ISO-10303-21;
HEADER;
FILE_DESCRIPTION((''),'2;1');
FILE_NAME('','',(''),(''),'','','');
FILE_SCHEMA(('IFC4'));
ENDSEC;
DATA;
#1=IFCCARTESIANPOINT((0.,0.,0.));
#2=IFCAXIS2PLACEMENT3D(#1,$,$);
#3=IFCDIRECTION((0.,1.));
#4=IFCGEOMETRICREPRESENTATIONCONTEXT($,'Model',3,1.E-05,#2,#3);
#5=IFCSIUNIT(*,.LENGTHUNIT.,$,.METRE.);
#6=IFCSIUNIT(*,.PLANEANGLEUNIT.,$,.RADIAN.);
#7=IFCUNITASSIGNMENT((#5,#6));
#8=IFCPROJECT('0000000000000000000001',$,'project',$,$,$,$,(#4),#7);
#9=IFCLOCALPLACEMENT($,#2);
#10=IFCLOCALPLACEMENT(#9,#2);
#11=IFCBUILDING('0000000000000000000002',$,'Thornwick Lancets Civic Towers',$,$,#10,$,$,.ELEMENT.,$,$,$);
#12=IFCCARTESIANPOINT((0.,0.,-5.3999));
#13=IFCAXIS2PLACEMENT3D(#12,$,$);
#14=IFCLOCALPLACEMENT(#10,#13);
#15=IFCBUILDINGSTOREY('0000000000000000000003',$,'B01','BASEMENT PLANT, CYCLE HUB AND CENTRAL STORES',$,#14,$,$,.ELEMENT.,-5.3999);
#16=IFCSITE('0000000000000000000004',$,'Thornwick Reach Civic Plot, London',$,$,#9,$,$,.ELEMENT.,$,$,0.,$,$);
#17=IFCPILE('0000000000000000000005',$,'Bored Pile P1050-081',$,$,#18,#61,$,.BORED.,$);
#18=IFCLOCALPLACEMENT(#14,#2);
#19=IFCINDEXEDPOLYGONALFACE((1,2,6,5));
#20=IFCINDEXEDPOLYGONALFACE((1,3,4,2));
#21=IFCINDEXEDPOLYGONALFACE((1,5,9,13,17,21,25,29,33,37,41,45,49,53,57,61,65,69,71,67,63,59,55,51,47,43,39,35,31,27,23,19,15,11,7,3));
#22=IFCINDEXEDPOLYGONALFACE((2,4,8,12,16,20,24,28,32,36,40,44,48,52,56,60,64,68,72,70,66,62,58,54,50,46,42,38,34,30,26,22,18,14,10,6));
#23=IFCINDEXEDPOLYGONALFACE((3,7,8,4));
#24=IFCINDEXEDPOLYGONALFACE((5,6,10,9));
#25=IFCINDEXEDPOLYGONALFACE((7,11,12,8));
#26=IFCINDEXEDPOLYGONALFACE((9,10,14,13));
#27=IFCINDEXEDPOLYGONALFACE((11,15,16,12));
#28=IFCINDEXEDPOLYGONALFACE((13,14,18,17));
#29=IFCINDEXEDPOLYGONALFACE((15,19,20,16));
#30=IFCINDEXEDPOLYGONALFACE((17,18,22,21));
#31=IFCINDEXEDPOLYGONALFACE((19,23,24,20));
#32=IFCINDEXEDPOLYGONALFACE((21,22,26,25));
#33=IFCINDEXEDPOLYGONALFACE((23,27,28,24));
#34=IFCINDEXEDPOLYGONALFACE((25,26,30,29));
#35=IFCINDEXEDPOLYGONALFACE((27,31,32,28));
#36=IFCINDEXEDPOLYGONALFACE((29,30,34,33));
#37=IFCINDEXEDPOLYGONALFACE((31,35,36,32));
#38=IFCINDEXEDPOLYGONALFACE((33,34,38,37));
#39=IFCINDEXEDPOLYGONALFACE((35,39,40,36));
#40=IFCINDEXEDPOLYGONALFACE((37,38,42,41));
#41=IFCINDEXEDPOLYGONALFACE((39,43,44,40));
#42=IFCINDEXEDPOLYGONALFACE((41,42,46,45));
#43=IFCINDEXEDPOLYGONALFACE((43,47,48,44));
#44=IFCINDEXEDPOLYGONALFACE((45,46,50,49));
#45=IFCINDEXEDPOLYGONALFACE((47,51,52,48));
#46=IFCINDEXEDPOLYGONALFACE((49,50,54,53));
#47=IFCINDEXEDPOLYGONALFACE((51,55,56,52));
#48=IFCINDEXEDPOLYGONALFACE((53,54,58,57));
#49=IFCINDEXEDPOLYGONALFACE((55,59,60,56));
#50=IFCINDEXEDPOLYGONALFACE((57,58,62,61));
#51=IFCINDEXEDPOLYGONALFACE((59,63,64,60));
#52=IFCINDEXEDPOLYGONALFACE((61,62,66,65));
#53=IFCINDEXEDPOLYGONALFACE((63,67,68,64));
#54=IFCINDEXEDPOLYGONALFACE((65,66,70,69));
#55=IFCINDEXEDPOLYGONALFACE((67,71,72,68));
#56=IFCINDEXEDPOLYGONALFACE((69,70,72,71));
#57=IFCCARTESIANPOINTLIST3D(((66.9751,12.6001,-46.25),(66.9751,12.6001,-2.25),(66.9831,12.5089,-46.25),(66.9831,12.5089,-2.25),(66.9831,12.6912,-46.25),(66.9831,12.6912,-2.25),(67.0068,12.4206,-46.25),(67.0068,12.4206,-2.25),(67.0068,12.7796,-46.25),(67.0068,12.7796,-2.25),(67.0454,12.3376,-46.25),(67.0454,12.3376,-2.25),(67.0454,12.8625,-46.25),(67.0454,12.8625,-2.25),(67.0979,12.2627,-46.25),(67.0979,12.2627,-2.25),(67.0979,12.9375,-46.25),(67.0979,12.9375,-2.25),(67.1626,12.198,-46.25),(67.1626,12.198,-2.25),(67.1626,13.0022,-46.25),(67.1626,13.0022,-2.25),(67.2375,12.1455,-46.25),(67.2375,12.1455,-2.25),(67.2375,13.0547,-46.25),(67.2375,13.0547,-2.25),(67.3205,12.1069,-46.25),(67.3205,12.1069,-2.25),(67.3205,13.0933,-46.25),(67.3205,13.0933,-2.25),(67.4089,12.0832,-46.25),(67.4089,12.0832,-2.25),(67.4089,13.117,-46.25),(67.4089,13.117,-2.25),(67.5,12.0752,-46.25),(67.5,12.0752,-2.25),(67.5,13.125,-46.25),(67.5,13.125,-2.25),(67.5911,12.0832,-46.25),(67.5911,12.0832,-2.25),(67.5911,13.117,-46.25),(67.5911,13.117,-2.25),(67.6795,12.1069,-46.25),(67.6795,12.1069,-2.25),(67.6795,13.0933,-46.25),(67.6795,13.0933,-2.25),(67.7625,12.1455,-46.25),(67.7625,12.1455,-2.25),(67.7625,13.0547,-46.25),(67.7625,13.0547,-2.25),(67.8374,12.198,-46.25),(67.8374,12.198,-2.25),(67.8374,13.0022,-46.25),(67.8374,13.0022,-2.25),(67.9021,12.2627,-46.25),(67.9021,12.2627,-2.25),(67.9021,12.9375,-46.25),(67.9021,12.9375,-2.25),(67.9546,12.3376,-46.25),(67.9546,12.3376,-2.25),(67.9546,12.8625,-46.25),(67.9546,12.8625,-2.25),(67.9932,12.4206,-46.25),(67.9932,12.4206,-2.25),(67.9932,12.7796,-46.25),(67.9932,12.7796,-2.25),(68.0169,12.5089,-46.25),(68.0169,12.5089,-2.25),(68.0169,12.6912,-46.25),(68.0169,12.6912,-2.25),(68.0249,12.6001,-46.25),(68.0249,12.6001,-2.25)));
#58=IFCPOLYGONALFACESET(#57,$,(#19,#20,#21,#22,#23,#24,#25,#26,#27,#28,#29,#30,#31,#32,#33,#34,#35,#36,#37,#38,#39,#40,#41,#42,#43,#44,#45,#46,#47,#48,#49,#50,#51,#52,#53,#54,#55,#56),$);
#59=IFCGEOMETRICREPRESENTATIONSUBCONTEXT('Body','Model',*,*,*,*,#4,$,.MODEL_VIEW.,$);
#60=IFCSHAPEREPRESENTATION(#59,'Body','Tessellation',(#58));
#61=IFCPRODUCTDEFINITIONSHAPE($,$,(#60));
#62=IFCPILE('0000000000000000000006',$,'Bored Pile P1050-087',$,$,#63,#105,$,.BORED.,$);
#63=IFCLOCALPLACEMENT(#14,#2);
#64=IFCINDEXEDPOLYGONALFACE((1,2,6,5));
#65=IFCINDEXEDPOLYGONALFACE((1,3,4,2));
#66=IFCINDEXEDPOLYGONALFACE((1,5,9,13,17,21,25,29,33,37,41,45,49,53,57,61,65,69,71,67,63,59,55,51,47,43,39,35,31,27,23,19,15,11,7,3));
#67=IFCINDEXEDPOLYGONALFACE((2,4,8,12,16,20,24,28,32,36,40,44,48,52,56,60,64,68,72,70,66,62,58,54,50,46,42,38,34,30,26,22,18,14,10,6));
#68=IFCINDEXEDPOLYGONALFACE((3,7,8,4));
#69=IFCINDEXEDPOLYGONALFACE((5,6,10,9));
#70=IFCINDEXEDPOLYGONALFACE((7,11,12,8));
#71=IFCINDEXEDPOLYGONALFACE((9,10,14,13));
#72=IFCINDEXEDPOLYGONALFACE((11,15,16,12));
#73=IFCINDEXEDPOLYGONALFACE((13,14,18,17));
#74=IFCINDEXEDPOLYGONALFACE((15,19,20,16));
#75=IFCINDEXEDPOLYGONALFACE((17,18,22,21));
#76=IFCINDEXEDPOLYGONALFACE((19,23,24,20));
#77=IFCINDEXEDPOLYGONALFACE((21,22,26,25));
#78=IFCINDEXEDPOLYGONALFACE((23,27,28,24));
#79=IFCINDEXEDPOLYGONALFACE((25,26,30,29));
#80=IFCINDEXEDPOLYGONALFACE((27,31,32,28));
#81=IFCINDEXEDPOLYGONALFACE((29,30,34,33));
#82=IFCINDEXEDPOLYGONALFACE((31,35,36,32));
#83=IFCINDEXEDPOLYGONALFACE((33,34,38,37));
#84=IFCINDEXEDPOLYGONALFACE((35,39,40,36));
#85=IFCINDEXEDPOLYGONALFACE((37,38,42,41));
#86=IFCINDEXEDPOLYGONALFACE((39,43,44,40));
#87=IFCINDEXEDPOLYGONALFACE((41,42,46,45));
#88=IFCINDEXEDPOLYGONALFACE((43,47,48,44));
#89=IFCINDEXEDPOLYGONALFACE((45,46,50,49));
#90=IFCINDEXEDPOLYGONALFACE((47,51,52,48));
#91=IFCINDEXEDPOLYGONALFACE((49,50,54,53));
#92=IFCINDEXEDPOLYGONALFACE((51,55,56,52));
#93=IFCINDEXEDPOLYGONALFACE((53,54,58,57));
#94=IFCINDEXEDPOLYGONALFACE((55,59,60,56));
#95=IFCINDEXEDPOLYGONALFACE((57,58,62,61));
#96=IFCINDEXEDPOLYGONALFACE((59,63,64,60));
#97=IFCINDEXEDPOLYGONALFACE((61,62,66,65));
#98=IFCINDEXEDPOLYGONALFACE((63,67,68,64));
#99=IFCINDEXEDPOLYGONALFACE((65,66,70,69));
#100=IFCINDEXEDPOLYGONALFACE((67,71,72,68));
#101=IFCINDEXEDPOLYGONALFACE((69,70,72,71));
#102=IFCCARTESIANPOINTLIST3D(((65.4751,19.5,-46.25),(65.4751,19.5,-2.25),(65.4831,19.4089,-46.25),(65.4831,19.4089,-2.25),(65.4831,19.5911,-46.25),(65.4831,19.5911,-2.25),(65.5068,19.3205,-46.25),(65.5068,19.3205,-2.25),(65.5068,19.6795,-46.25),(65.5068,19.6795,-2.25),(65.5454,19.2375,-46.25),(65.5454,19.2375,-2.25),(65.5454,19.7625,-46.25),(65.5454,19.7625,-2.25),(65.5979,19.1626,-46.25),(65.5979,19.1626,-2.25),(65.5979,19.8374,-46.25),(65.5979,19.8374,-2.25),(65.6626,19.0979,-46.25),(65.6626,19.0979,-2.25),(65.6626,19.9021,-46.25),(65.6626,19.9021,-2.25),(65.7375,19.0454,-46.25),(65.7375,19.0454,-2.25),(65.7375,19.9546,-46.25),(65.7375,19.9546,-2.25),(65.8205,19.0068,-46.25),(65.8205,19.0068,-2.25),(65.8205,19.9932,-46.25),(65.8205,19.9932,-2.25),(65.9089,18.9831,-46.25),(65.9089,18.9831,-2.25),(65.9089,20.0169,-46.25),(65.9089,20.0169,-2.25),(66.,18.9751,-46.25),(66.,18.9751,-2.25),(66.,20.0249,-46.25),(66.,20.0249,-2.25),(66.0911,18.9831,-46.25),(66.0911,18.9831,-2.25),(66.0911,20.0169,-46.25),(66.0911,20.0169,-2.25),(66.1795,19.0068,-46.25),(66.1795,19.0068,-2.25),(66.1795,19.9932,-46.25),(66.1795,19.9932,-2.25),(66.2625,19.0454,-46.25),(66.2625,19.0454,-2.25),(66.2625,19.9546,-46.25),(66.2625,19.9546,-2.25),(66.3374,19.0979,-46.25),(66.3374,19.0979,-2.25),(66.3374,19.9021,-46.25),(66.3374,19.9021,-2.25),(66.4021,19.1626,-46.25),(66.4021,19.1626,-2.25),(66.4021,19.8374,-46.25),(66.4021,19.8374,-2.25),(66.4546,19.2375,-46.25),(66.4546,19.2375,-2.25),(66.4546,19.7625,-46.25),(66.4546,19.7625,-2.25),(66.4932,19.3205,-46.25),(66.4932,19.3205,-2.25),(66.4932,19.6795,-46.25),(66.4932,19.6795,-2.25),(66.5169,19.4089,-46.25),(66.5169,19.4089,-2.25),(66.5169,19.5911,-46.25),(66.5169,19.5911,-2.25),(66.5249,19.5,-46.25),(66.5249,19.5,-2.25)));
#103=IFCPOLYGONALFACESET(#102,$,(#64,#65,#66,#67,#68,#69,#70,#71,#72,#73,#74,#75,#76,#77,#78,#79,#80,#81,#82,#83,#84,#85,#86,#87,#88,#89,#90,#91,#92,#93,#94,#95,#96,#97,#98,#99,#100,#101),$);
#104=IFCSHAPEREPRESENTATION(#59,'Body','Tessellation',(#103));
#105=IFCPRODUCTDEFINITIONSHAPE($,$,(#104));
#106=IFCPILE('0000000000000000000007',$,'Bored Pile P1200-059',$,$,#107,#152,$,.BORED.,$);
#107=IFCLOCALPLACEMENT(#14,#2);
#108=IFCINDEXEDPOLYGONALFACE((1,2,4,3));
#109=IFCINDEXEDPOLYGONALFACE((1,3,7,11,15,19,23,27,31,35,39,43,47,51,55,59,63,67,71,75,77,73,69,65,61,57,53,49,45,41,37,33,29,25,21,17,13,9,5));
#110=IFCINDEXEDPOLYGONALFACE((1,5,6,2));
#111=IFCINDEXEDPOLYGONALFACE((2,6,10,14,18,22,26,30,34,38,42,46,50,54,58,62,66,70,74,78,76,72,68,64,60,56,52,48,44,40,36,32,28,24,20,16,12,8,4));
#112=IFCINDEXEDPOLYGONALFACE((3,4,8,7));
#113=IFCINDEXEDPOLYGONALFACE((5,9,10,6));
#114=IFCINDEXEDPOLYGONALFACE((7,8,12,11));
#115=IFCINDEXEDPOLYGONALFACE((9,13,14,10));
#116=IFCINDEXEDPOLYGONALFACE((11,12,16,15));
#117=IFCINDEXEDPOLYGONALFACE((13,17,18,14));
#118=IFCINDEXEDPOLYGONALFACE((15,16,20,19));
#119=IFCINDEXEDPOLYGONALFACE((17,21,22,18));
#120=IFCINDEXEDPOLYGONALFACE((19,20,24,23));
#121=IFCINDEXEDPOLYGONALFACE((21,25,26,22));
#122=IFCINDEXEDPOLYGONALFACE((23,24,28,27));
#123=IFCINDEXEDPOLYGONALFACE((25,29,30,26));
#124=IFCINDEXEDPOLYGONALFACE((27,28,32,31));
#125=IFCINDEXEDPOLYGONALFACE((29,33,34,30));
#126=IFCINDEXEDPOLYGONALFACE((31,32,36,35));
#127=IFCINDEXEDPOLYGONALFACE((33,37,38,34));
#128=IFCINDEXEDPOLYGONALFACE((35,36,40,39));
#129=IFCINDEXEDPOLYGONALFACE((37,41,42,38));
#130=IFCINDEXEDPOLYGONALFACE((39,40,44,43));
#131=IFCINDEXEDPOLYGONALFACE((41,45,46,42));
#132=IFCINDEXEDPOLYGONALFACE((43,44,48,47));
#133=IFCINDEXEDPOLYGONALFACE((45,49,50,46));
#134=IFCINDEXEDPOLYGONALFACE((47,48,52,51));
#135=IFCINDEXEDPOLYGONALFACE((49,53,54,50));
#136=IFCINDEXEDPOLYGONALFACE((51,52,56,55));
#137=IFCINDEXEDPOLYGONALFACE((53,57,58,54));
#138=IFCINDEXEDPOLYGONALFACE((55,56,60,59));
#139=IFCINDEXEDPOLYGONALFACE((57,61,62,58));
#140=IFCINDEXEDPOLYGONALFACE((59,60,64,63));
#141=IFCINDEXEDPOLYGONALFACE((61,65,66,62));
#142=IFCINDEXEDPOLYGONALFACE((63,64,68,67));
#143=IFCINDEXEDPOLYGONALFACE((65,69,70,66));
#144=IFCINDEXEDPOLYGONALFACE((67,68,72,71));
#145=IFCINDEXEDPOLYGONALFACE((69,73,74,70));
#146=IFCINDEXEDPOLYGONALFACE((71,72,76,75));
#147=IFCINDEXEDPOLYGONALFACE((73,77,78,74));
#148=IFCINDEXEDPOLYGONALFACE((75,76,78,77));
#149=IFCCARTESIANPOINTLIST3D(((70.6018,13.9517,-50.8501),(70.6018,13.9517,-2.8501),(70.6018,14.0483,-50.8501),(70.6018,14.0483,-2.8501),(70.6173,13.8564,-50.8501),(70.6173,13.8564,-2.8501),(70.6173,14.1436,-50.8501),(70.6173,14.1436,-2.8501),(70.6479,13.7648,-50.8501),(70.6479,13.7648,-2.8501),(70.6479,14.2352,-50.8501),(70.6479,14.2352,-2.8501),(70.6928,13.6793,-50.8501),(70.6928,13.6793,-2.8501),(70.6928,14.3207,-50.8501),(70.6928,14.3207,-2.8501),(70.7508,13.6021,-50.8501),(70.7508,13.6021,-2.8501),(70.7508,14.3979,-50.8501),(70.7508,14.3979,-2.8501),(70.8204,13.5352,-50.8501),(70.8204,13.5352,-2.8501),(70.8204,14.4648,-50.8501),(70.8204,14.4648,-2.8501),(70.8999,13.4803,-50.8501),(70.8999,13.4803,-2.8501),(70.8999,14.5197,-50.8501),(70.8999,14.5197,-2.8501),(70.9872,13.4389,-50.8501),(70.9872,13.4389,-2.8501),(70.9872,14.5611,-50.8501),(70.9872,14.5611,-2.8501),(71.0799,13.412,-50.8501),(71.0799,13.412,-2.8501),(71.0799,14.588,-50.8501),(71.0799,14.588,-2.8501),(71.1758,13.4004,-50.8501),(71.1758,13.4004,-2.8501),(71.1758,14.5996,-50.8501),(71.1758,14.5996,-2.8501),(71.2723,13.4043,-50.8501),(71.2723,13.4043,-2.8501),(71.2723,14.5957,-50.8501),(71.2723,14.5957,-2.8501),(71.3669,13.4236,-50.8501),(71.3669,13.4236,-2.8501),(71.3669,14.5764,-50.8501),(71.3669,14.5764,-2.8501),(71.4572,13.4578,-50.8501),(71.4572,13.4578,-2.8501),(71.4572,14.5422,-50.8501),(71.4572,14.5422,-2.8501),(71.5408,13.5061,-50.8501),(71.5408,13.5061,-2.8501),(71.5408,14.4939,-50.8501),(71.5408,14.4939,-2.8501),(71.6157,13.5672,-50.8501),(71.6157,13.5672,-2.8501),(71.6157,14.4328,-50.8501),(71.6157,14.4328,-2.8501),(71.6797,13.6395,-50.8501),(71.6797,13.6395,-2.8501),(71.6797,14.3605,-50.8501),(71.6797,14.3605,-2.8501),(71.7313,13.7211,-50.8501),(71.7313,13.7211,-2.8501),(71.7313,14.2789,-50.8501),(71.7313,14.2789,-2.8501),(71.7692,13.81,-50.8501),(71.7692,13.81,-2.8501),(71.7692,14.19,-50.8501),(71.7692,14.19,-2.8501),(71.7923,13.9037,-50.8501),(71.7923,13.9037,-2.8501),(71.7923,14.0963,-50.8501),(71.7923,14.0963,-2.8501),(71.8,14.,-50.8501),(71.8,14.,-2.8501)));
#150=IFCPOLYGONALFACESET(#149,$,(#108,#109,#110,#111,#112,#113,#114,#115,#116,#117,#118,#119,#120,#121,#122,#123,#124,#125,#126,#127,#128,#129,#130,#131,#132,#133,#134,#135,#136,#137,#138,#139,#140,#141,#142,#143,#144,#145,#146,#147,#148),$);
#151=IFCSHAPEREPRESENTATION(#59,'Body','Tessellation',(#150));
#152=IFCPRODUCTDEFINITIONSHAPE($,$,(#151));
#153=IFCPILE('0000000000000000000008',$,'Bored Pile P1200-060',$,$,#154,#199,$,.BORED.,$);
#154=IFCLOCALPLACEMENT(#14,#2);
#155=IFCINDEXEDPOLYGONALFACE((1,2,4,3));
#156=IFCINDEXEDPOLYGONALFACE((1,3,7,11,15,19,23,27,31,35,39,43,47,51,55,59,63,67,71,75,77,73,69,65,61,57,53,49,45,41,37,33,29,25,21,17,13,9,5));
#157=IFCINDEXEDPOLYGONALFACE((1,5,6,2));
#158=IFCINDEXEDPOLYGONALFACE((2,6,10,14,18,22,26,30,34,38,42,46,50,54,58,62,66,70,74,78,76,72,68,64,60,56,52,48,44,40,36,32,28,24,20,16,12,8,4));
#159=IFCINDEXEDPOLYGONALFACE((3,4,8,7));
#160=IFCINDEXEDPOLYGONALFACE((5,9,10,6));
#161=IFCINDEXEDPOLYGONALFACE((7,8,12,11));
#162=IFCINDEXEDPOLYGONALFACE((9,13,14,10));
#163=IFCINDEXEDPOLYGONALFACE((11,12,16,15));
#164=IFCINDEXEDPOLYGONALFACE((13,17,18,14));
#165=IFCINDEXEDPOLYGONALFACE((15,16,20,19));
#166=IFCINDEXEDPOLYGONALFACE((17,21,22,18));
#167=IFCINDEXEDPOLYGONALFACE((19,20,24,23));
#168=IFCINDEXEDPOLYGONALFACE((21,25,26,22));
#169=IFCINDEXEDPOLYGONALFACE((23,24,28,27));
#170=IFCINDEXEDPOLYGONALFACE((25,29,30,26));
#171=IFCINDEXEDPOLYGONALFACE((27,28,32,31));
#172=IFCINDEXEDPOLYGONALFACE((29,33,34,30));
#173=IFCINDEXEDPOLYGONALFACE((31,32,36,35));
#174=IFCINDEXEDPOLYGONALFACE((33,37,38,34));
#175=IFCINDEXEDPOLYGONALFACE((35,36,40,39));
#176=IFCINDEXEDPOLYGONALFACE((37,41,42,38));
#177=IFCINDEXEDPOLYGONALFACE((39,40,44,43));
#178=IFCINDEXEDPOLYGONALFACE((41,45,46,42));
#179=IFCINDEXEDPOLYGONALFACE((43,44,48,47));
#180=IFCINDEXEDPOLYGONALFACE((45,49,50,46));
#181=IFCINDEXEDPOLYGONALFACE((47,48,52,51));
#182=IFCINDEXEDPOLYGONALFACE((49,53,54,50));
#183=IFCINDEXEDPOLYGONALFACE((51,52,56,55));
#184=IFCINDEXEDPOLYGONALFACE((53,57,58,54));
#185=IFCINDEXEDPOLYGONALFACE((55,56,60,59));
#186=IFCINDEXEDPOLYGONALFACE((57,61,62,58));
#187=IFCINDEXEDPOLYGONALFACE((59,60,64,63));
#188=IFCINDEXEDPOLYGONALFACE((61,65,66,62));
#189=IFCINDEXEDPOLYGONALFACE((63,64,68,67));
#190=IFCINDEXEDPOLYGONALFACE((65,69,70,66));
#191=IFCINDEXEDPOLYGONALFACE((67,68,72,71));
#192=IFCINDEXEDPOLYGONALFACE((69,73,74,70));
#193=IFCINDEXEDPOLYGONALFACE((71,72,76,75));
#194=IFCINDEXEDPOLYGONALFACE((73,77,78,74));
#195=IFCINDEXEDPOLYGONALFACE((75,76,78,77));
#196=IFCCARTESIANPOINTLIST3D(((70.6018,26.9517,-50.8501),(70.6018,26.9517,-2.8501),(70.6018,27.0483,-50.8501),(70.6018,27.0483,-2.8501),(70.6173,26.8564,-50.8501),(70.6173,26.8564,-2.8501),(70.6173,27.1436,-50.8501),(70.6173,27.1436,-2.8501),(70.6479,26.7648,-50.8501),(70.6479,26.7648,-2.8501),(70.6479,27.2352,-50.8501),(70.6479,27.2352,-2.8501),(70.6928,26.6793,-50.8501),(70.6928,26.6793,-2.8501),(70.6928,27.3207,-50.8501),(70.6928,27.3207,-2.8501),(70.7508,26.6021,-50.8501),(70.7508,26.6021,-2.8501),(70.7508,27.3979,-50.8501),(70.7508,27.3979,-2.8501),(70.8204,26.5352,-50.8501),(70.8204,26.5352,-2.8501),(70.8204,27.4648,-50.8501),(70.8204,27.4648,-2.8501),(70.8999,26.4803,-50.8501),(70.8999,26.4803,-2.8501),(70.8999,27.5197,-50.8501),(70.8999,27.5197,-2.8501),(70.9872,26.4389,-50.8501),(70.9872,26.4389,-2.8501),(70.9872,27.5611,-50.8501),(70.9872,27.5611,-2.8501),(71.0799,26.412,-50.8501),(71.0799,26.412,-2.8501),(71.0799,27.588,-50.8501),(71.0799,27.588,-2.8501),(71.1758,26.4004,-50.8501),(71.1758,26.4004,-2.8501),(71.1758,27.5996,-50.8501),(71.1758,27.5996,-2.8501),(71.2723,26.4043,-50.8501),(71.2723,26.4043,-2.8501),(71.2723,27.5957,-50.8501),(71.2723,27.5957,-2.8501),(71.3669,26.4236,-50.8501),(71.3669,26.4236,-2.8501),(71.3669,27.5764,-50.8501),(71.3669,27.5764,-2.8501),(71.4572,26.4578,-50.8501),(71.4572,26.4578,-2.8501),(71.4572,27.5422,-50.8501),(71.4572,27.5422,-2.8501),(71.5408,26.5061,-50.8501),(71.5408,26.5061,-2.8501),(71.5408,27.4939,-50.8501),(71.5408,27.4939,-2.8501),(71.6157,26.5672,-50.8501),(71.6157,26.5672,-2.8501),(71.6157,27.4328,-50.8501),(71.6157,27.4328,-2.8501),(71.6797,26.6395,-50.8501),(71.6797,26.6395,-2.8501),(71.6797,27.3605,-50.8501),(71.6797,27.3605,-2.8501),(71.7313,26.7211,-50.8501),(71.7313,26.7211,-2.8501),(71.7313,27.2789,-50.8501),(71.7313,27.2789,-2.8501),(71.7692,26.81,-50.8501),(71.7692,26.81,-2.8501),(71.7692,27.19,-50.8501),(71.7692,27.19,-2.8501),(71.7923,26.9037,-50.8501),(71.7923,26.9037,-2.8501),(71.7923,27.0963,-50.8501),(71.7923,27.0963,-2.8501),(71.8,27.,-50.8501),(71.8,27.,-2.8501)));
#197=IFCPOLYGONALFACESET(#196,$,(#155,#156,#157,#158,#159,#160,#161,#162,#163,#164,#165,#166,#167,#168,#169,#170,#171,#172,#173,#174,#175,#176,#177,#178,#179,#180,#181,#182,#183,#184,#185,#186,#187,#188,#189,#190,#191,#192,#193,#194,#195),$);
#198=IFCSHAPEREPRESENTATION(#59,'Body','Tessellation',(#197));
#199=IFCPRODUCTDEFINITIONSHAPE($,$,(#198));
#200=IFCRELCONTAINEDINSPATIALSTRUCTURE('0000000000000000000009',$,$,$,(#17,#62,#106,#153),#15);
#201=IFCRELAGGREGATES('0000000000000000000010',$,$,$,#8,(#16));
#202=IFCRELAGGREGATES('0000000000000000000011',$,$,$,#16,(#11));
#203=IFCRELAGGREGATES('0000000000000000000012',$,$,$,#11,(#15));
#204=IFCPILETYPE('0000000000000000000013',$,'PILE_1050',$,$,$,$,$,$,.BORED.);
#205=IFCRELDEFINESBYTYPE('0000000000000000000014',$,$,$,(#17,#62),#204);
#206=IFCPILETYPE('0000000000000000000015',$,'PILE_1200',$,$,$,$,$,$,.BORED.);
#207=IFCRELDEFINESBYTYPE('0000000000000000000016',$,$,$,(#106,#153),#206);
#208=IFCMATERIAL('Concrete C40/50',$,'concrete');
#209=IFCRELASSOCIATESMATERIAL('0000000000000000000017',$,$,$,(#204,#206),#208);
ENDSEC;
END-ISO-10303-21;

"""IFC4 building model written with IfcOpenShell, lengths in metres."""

from ifc_helpers import new_model, si_unit, direction, frame, origin, origin_2d, place, context, subcontext, project, spatial, circle, extrude, material, material_profile, profile_set, type_object, element, save


model = new_model("IFC4")

# Units and contexts
model_context = context("Model", 3, precision=1e-05, world=origin(), true_north=direction((0.0, 1.0)))
body_context = subcontext(model_context, "Body", "Model", "MODEL_VIEW")
ifc_project = project(units=[si_unit("LENGTHUNIT", "METRE"), si_unit("PLANEANGLEUNIT", "RADIAN")], contexts=[model_context])

# Site, building, storey
site_placement = place(None, origin())
site = spatial("IfcSite", under=ifc_project, at=site_placement, Name="Thornwick Reach Civic Plot, London", CompositionType="ELEMENT", RefElevation=0.0)
building_placement = place(site_placement, origin())
building = spatial("IfcBuilding", under=site, at=building_placement, Name="Thornwick Lancets Civic Towers", CompositionType="ELEMENT")
storey_placement = place(building_placement, frame((0.0, 0.0, -5.3999)))
storey = spatial("IfcBuildingStorey", under=building, at=storey_placement, Name="B01", Description="BASEMENT PLANT, CYCLE HUB AND CENTRAL STORES", CompositionType="ELEMENT", Elevation=-5.3999)

# Shared definitions
ifc_material_1 = material(Name="Concrete C40/50", Category="concrete")

# Piles
ifc_material_profile_1 = material_profile(ifc_material_1, circle(Radius=0.5249, at=origin_2d()), Name="PILE D1050")
ifc_profile_set_1 = profile_set([ifc_material_profile_1], Name="Concrete C40/50")
pile_type_1 = type_object("IfcPileType", Name="PILE_1050", PredefinedType="BORED", material=ifc_profile_set_1)
for number, where, z_axis, x_axis, name in (
    (1, (67.5, 12.6001, -2.25), (0.0, 0.0, -1.0), (1.0, 0.0, 0.0), "Bored Pile P1050-081"),
    (2, (66.0, 19.5, -2.25), (0.0, 0.0, -1.0), (1.0, 0.0, 0.0), "Bored Pile P1050-087"),
):
    element("IfcPile", number, at=place(storey_placement, frame(where, z_axis=z_axis, x_axis=x_axis)), inside=storey, type_object=pile_type_1, Name=name, PredefinedType="BORED", context=body_context, shape_type="SweptSolid", body=[
        extrude(circle(Radius=0.5249, at=origin_2d()), origin(), (0.0, 0.0, 1.0), 44.0),
    ])
ifc_material_profile_2 = material_profile(ifc_material_1, circle(Radius=0.6001, at=origin_2d()), Name="PILE D1200")
ifc_profile_set_2 = profile_set([ifc_material_profile_2], Name="Concrete C40/50")
pile_type_2 = type_object("IfcPileType", Name="PILE_1200", PredefinedType="BORED", material=ifc_profile_set_2)
for number, where, z_axis, x_axis, name in (
    (3, (71.2, 14.0, -2.8501), (0.0, 0.0, -1.0), (1.0, 0.0, 0.0), "Bored Pile P1200-059"),
    (4, (71.2, 27.0, -2.8501), (0.0, 0.0, -1.0), (1.0, 0.0, 0.0), "Bored Pile P1200-060"),
):
    element("IfcPile", number, at=place(storey_placement, frame(where, z_axis=z_axis, x_axis=x_axis)), inside=storey, type_object=pile_type_2, Name=name, PredefinedType="BORED", context=body_context, shape_type="SweptSolid", body=[
        extrude(circle(Radius=0.6001, at=origin_2d()), origin(), (0.0, 0.0, 1.0), 48.0),
    ])

save(model, "model.ifc")
